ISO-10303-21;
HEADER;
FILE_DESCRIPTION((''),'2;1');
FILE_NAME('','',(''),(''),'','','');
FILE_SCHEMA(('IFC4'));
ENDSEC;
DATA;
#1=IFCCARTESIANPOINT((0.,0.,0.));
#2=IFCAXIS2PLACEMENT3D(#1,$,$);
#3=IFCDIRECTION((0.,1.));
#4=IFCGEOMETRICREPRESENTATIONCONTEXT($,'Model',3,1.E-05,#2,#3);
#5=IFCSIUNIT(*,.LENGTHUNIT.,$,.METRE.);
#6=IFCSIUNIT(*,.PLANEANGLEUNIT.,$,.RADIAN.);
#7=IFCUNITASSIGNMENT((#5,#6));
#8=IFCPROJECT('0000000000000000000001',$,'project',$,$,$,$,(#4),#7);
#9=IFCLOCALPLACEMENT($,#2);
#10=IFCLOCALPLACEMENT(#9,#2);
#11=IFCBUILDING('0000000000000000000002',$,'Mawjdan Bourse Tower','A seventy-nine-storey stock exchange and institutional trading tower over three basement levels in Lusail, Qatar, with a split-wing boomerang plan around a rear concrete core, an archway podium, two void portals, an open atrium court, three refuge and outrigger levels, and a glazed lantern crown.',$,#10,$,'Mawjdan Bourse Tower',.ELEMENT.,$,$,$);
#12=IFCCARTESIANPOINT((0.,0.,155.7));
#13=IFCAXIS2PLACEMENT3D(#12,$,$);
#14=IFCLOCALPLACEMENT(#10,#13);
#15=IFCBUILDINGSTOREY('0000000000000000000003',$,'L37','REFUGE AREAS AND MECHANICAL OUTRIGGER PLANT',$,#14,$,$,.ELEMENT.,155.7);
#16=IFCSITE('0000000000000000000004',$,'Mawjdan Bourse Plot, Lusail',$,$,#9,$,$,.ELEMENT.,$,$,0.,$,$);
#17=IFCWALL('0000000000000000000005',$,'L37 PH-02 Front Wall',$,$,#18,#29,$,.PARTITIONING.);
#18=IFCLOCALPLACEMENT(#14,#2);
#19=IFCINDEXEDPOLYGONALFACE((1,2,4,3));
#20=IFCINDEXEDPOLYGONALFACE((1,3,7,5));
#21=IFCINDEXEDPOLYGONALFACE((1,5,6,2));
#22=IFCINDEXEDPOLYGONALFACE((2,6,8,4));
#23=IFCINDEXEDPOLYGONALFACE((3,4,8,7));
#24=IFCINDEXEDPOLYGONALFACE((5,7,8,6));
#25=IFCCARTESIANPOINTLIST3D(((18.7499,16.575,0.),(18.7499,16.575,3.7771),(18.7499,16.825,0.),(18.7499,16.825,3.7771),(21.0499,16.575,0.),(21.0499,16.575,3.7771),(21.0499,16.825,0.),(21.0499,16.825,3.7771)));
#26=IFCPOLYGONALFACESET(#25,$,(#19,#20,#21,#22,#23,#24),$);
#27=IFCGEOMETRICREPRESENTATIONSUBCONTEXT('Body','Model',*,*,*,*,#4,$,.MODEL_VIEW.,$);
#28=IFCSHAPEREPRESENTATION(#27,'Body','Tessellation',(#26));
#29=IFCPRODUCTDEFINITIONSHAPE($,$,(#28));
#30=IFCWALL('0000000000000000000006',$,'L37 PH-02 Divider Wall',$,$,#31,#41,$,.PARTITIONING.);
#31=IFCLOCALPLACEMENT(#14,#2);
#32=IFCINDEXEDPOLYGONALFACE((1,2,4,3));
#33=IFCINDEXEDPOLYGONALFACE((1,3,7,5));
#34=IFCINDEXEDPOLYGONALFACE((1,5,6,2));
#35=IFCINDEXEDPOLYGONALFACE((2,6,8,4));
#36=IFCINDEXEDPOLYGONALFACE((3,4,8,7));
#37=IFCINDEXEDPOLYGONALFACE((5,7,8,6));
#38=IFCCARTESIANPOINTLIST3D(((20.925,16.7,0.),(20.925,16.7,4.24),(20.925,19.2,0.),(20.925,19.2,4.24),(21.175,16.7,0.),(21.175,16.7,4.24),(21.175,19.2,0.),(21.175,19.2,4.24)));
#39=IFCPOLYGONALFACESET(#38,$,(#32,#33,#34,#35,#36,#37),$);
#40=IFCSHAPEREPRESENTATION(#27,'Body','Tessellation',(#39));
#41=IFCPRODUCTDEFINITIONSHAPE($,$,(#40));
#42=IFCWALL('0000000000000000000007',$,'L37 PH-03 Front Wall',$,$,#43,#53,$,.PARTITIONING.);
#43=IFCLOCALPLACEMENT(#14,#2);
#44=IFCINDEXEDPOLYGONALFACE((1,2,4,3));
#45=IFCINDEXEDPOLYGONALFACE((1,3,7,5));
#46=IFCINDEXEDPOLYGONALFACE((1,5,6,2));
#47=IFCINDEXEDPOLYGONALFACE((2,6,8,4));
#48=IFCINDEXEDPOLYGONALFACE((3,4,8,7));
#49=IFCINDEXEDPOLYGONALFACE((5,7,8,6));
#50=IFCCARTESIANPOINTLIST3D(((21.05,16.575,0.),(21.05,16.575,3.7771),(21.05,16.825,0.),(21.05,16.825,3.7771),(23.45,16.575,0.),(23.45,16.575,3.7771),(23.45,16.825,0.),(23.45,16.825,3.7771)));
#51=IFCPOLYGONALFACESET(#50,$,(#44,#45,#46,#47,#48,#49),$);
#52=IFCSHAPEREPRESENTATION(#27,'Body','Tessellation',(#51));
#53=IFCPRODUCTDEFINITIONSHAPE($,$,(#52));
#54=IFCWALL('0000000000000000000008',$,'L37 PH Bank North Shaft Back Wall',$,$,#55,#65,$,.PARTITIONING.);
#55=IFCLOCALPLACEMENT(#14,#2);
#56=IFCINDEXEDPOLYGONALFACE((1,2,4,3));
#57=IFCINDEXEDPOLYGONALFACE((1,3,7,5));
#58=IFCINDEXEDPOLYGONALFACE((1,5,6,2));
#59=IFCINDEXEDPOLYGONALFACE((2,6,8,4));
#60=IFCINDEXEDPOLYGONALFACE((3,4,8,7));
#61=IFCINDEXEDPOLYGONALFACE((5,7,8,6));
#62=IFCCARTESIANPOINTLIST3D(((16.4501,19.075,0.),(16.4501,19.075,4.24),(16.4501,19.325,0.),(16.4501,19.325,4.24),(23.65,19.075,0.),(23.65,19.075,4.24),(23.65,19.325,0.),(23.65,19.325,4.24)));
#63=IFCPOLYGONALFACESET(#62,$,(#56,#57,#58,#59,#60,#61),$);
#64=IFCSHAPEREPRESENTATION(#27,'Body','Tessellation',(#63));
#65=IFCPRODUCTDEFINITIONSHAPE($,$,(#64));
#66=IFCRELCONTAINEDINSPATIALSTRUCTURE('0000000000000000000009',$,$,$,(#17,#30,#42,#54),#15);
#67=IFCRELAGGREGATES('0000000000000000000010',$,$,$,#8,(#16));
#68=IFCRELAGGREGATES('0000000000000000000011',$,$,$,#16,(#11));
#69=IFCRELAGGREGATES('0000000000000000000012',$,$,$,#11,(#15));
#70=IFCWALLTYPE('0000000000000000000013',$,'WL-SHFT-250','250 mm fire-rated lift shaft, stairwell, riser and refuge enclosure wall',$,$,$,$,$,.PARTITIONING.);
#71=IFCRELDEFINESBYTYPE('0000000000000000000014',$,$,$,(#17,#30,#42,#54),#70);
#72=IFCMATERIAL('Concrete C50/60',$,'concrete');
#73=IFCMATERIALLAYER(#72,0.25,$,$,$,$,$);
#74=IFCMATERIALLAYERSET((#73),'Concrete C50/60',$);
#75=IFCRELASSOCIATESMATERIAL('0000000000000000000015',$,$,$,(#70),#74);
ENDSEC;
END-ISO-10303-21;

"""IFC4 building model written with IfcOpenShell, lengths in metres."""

from ifc_helpers import new_model, si_unit, direction, frame, frame_2d, origin, place, context, subcontext, project, spatial, rectangle, extrude, material, layer, layer_set, type_object, element, save


model = new_model("IFC4")

# Units and contexts
model_context = context("Model", 3, precision=1e-05, world=origin(), true_north=direction((0.0, 1.0)))
body_context = subcontext(model_context, "Body", "Model", "MODEL_VIEW")
ifc_project = project(units=[si_unit("LENGTHUNIT", "METRE"), si_unit("PLANEANGLEUNIT", "RADIAN")], contexts=[model_context])

# Site, building, storey
site_placement = place(None, origin())
site = spatial("IfcSite", under=ifc_project, at=site_placement, Name="Mawjdan Bourse Plot, Lusail", CompositionType="ELEMENT", RefElevation=0.0)
building_placement = place(site_placement, origin())
building = spatial("IfcBuilding", under=site, at=building_placement, Name="Mawjdan Bourse Tower", Description="A seventy-nine-storey stock exchange and institutional trading tower over three basement levels in Lusail, Qatar, with a split-wing boomerang plan around a rear concrete core, an archway podium, two void portals, an open atrium court, three refuge and outrigger levels, and a glazed lantern crown.", LongName="Mawjdan Bourse Tower", CompositionType="ELEMENT")
storey_placement = place(building_placement, frame((0.0, 0.0, 155.7)))
storey = spatial("IfcBuildingStorey", under=building, at=storey_placement, Name="L37", Description="REFUGE AREAS AND MECHANICAL OUTRIGGER PLANT", CompositionType="ELEMENT", Elevation=155.7)

# Walls
ifc_material_1 = material(Name="Concrete C50/60", Category="concrete")
ifc_layer_1 = layer(ifc_material_1, 0.25)
ifc_layer_set_1 = layer_set([ifc_layer_1], Name="Concrete C50/60")
wall_type_1 = type_object("IfcWallType", Name="WL-SHFT-250", Description="250 mm fire-rated lift shaft, stairwell, riser and refuge enclosure wall", PredefinedType="PARTITIONING", material=ifc_layer_set_1)
wall_1_placement = place(storey_placement, frame((18.75, 16.7, 0.0), z_axis=(0.0, 0.0, 1.0), x_axis=(1.0, 0.0, 0.0)))
element("IfcWall", 1, at=wall_1_placement, inside=storey, type_object=wall_type_1, Name="L37 PH-02 Front Wall", PredefinedType="PARTITIONING", context=body_context, shape_type="SweptSolid", body=[
    extrude(rectangle(XDim=2.3, YDim=0.25, at=frame_2d((1.1499, 0.0))), origin(), (0.0, 0.0, 1.0), 3.7771),
])
wall_2_placement = place(storey_placement, frame((21.05, 16.7, 0.0), z_axis=(0.0, 0.0, 1.0), x_axis=(0.0, 1.0, 0.0)))
element("IfcWall", 2, at=wall_2_placement, inside=storey, type_object=wall_type_1, Name="L37 PH-02 Divider Wall", PredefinedType="PARTITIONING", context=body_context, shape_type="SweptSolid", body=[
    extrude(rectangle(XDim=2.5, YDim=0.25, at=frame_2d((1.25, 0.0))), origin(), (0.0, 0.0, 1.0), 4.24),
])
wall_3_placement = place(storey_placement, frame((21.05, 16.7, 0.0), z_axis=(0.0, 0.0, 1.0), x_axis=(1.0, 0.0, 0.0)))
element("IfcWall", 3, at=wall_3_placement, inside=storey, type_object=wall_type_1, Name="L37 PH-03 Front Wall", PredefinedType="PARTITIONING", context=body_context, shape_type="SweptSolid", body=[
    extrude(rectangle(XDim=2.3999, YDim=0.25, at=frame_2d((1.2, 0.0))), origin(), (0.0, 0.0, 1.0), 3.7771),
])
wall_4_placement = place(storey_placement, frame((16.45, 19.2, 0.0), z_axis=(0.0, 0.0, 1.0), x_axis=(1.0, 0.0, 0.0)))
element("IfcWall", 4, at=wall_4_placement, inside=storey, type_object=wall_type_1, Name="L37 PH Bank North Shaft Back Wall", PredefinedType="PARTITIONING", context=body_context, shape_type="SweptSolid", body=[
    extrude(rectangle(XDim=7.2, YDim=0.25, at=frame_2d((3.6001, 0.0))), origin(), (0.0, 0.0, 1.0), 4.24),
])

save(model, "model.ifc")
